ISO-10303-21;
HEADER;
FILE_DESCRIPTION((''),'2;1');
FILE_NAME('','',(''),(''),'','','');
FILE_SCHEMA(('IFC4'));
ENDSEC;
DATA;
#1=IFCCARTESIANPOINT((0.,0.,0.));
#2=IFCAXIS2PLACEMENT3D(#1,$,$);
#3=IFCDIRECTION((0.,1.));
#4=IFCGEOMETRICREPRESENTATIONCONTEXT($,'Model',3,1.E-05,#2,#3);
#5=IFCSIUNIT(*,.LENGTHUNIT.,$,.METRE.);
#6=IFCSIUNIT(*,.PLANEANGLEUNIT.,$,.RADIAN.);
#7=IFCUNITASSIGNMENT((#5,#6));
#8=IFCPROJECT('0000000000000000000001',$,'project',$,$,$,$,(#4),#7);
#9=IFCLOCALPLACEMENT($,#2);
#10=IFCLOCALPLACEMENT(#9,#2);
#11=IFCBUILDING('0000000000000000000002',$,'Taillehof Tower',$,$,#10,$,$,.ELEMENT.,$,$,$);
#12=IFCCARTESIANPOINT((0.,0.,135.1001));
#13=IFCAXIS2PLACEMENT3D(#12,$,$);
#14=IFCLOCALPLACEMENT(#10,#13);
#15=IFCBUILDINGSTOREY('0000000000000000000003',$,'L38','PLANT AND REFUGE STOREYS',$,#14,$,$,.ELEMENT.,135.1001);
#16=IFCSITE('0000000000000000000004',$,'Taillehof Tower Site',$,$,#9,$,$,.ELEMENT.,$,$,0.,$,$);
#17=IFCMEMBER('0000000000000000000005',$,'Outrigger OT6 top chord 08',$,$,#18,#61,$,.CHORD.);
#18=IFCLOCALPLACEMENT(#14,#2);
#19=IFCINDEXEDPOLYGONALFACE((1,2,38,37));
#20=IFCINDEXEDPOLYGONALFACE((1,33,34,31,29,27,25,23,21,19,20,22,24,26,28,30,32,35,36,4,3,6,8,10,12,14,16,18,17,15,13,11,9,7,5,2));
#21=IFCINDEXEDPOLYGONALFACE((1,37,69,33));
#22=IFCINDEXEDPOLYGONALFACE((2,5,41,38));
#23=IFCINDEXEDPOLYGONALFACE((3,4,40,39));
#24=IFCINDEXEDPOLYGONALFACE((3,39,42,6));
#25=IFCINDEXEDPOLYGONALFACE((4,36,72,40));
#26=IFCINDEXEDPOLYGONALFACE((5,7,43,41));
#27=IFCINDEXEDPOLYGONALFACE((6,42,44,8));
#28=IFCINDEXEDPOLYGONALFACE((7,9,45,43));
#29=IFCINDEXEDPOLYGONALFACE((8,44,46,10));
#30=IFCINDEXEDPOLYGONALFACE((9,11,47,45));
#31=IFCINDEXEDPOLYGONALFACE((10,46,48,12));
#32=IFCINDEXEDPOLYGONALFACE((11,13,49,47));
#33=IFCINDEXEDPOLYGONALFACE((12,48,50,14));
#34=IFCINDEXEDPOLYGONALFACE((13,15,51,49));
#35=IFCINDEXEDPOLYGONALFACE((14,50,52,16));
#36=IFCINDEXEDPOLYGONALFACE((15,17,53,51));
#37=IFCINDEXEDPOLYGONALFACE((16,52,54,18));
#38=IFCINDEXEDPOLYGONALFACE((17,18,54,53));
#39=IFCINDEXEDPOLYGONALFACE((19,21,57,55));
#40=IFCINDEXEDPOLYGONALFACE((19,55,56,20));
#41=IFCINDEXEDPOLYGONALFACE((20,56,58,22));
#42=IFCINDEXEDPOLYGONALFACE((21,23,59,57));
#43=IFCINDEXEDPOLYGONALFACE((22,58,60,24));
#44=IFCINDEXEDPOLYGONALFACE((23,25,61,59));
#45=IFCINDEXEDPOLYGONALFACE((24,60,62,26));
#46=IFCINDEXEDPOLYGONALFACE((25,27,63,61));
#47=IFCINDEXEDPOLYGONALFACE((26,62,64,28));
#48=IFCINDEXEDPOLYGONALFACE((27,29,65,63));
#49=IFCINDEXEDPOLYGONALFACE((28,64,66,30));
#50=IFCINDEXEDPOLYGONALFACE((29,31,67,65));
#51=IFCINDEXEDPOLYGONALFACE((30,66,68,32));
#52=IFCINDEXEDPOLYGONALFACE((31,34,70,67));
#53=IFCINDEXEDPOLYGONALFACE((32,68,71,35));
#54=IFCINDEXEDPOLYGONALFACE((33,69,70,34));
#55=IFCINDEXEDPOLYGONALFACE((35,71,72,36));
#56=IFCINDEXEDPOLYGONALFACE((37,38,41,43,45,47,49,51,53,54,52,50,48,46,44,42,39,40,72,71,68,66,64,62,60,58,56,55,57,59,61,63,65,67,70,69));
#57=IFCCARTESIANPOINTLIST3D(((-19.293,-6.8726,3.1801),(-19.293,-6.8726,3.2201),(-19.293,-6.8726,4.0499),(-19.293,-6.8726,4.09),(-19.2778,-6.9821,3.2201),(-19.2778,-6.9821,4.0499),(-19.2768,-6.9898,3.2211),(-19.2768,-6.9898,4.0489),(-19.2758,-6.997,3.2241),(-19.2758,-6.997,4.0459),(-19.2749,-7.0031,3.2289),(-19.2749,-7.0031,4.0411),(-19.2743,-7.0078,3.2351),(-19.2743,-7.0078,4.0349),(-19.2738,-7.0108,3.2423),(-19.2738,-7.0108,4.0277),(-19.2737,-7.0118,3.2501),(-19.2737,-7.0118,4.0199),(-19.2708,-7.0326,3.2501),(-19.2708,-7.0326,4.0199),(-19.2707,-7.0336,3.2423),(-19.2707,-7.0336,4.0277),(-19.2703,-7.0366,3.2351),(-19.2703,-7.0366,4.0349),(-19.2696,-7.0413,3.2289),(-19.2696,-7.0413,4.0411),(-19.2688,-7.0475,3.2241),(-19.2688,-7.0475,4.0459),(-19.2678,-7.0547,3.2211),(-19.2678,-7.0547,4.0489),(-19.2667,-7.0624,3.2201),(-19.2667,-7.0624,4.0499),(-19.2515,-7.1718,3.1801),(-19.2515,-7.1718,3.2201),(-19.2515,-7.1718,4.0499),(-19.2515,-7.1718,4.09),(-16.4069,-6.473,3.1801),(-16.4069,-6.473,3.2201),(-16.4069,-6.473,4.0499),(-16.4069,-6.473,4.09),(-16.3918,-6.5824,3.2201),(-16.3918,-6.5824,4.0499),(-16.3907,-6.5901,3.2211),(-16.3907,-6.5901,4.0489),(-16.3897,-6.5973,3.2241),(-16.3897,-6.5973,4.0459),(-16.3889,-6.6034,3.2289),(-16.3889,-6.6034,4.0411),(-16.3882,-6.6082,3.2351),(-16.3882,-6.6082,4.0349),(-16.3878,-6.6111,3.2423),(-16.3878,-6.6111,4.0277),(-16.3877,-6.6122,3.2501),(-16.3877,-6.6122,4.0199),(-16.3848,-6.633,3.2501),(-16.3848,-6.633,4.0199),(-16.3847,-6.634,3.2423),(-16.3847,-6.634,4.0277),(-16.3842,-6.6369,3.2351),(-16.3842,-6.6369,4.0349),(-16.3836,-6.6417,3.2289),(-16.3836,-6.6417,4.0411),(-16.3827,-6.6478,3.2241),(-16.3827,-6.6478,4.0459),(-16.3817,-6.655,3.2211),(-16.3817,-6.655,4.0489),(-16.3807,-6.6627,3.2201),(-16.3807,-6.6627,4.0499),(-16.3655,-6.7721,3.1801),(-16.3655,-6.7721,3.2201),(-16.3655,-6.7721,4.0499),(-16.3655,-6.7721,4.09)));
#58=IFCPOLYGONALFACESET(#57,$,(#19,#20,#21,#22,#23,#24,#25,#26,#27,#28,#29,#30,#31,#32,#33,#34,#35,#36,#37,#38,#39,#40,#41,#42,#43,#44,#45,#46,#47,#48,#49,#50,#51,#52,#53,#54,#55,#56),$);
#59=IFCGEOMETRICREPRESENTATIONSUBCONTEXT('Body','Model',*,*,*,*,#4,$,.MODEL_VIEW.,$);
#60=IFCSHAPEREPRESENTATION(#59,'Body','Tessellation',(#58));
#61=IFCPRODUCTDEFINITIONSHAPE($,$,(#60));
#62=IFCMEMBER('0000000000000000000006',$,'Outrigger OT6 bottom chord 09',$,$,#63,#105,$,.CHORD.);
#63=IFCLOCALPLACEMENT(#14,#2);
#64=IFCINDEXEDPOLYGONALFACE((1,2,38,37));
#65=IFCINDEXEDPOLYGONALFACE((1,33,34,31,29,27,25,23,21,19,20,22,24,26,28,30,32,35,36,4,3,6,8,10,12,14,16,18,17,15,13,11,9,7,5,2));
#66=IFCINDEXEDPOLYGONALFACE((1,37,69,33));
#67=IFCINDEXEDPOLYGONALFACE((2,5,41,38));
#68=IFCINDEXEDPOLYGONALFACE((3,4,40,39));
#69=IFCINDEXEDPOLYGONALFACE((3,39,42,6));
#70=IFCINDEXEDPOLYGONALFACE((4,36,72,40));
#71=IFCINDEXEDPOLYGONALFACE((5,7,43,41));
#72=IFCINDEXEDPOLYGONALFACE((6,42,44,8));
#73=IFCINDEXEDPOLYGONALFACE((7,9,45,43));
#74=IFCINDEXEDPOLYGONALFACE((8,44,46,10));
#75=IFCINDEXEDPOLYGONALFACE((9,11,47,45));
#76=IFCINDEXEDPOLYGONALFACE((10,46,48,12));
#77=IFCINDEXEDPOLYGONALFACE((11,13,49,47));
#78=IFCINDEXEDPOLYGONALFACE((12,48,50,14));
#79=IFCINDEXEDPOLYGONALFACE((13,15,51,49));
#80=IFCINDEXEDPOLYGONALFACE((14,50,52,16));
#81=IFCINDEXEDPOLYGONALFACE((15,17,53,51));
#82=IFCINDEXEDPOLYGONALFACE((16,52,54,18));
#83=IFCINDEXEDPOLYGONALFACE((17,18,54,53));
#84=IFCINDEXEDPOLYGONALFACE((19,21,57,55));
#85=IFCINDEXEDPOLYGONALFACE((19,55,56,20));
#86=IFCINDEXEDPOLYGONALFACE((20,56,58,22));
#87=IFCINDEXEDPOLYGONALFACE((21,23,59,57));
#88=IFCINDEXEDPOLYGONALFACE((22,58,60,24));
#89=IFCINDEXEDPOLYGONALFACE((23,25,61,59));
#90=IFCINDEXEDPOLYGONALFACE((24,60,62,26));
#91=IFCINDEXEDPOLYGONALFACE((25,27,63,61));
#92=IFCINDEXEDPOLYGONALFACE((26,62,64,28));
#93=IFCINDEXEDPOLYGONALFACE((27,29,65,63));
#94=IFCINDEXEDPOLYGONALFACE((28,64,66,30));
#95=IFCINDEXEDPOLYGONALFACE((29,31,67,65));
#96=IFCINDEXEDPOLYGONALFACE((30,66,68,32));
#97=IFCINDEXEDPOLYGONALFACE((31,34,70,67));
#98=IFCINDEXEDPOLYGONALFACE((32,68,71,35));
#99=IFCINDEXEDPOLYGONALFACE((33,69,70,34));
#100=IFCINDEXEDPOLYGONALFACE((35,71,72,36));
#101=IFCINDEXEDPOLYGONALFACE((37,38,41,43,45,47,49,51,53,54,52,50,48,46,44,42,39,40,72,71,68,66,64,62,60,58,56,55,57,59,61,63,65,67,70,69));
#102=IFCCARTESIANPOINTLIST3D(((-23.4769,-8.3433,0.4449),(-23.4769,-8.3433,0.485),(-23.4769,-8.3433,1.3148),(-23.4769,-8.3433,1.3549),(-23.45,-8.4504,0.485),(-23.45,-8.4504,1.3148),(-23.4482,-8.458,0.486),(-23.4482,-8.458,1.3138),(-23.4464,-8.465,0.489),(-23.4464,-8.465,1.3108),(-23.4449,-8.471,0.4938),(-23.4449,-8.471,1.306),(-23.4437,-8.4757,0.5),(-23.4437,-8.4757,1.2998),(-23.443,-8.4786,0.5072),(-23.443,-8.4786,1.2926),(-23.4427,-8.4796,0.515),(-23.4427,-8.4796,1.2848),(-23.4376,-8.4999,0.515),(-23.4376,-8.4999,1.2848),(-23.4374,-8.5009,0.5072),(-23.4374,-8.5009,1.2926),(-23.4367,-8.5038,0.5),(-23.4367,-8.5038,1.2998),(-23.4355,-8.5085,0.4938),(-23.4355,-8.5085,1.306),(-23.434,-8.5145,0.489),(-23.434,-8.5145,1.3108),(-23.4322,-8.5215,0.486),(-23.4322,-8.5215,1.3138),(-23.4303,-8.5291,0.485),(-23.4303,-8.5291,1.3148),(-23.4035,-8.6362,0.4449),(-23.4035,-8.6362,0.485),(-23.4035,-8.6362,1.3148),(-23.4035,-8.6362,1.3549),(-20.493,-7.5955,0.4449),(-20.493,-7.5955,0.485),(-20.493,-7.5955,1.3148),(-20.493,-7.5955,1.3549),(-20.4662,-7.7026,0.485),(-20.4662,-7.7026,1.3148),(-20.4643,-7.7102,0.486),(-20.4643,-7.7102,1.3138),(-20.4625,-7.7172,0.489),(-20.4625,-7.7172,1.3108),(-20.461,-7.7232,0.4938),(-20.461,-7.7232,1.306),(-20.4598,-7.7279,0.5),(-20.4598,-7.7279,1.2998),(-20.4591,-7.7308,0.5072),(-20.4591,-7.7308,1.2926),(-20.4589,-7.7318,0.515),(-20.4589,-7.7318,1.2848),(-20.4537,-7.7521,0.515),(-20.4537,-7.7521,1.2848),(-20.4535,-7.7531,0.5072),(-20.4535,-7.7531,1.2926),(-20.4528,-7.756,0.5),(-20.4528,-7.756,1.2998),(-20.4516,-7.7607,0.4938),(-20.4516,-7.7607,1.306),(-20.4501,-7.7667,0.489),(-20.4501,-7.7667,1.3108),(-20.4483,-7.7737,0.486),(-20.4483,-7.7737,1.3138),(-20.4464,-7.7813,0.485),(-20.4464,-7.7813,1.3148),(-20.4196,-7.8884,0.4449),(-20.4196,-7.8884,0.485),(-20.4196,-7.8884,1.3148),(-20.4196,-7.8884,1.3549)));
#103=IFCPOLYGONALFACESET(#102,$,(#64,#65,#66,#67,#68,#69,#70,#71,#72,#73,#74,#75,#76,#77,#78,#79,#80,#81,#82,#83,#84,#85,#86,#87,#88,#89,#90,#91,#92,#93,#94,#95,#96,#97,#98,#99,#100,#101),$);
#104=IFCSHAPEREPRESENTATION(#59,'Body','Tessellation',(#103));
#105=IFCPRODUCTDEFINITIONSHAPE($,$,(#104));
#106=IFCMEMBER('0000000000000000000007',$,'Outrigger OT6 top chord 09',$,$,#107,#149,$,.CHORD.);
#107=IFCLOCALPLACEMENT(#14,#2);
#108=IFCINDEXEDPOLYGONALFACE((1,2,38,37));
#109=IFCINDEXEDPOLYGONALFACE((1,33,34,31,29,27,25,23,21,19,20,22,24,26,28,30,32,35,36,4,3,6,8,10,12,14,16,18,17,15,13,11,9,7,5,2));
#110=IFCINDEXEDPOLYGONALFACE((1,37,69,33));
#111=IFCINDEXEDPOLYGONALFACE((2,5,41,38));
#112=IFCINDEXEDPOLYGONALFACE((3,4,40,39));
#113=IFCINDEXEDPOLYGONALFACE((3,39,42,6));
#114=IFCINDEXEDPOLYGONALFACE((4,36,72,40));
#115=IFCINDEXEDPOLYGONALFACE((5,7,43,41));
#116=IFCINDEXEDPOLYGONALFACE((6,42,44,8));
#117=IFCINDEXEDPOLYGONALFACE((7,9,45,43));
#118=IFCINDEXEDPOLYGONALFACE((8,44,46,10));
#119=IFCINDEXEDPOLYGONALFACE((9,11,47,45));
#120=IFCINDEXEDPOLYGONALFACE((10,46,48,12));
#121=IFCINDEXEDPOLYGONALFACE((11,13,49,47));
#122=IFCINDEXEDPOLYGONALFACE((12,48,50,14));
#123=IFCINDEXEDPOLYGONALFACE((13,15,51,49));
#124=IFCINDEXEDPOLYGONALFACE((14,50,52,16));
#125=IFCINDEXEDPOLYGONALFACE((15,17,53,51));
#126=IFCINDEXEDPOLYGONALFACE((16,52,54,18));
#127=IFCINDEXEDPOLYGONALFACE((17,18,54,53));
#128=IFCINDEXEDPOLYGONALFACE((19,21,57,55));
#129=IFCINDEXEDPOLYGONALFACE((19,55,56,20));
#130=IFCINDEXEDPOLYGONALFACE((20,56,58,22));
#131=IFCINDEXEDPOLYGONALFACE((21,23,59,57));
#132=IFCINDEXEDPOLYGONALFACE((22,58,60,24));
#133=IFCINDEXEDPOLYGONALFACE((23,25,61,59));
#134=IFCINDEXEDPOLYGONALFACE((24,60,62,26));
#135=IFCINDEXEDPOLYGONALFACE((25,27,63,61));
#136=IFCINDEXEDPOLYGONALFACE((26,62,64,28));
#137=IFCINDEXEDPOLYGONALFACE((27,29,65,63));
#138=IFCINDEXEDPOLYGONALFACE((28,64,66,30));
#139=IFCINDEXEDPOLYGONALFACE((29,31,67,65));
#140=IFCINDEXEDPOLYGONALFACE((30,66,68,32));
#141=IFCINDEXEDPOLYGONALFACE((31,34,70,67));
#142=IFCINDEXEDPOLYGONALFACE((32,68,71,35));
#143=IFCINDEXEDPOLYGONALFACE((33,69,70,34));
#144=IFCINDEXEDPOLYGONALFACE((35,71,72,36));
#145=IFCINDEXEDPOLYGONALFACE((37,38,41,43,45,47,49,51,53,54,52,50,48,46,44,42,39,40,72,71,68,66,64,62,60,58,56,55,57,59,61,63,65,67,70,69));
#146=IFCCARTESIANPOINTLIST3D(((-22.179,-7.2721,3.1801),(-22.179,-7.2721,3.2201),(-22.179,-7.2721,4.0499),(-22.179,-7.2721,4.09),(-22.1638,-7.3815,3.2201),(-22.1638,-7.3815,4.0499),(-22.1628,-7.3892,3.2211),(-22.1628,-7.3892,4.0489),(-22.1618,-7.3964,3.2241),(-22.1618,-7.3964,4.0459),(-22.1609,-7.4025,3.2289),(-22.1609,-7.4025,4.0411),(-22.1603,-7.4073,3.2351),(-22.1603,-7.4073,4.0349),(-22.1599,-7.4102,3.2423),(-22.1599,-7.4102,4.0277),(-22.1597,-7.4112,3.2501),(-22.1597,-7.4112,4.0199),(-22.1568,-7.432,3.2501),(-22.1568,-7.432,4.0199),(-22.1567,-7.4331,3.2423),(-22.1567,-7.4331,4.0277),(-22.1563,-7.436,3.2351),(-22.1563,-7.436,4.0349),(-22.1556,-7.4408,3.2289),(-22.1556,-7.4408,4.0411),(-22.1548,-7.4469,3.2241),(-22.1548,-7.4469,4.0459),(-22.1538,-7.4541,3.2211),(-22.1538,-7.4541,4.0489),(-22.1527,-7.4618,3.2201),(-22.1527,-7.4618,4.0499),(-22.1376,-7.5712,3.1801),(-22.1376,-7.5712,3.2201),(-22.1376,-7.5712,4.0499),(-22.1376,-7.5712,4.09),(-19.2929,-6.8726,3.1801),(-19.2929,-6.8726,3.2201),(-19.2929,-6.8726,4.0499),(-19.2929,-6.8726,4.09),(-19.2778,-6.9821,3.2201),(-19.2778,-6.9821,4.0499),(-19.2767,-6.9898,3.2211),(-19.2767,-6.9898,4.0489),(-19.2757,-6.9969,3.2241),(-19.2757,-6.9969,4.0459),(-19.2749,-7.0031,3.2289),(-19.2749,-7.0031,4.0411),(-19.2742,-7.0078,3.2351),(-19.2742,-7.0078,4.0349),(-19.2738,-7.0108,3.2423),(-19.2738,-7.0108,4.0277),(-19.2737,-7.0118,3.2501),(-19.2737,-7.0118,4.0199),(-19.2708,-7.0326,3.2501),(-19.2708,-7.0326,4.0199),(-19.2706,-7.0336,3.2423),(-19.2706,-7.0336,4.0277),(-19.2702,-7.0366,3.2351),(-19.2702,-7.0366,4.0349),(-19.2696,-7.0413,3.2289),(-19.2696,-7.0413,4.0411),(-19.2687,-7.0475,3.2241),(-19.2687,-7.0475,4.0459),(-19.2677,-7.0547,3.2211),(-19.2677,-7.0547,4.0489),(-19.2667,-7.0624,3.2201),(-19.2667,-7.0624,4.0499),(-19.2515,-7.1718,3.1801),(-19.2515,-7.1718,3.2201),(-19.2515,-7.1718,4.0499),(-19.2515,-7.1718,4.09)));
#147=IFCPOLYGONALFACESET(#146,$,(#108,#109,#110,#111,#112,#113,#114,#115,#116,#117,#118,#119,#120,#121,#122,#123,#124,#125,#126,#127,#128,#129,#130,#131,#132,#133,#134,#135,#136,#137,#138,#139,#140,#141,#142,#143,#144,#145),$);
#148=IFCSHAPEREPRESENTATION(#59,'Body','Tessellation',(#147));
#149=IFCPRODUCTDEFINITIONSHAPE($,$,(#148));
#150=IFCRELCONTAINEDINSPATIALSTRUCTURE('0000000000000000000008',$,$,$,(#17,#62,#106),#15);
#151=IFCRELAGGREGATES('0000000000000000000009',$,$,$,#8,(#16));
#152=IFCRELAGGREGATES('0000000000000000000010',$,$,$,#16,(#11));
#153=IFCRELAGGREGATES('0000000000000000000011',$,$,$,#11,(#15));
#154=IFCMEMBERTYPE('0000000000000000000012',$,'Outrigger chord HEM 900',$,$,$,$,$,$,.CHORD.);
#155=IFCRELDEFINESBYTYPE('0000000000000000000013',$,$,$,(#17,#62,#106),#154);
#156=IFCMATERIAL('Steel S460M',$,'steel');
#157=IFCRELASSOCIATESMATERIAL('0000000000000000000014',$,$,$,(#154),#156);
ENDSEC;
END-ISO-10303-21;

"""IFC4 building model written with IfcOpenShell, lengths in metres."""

from ifc_helpers import new_model, si_unit, direction, frame, origin, origin_2d, place, context, subcontext, project, spatial, i_section, extrude, material, material_profile, profile_set, type_object, element, save


model = new_model("IFC4")

# Units and contexts
model_context = context("Model", 3, precision=1e-05, world=origin(), true_north=direction((0.0, 1.0)))
body_context = subcontext(model_context, "Body", "Model", "MODEL_VIEW")
ifc_project = project(units=[si_unit("LENGTHUNIT", "METRE"), si_unit("PLANEANGLEUNIT", "RADIAN")], contexts=[model_context])

# Site, building, storey
site_placement = place(None, origin())
site = spatial("IfcSite", under=ifc_project, at=site_placement, Name="Taillehof Tower Site", CompositionType="ELEMENT", RefElevation=0.0)
building_placement = place(site_placement, origin())
building = spatial("IfcBuilding", under=site, at=building_placement, Name="Taillehof Tower", CompositionType="ELEMENT")
storey_placement = place(building_placement, frame((0.0, 0.0, 135.1001)))
storey = spatial("IfcBuildingStorey", under=building, at=storey_placement, Name="L38", Description="PLANT AND REFUGE STOREYS", CompositionType="ELEMENT", Elevation=135.1001)

# Members
ifc_material_1 = material(Name="Steel S460M", Category="steel")
ifc_material_profile_1 = material_profile(ifc_material_1, i_section(OverallWidth=0.302, OverallDepth=0.9099, WebThickness=0.021, FlangeThickness=0.04, FilletRadius=0.03, at=origin_2d()), Name="HEM 900")
ifc_profile_set_1 = profile_set([ifc_material_profile_1], Name="Steel S460M")
member_type_1 = type_object("IfcMemberType", Name="Outrigger chord HEM 900", PredefinedType="CHORD", material=ifc_profile_set_1)
member_1_placement = place(storey_placement, frame((-16.3862, -6.6226, 3.635), z_axis=(-0.990547, -0.137173, 0.0), x_axis=(0.137173, -0.990547, 0.0)))
element("IfcMember", 1, at=member_1_placement, inside=storey, type_object=member_type_1, Name="Outrigger OT6 top chord 08", PredefinedType="CHORD", context=body_context, shape_type="SweptSolid", body=[
    extrude(i_section(OverallWidth=0.302, OverallDepth=0.9099, WebThickness=0.021, FlangeThickness=0.04, FilletRadius=0.03, at=origin_2d()), origin(), (0.0, 0.0, 1.0), 2.9136),
])
member_2_placement = place(storey_placement, frame((-20.4563, -7.7419, 0.8999), z_axis=(-0.970002, -0.243096, 0.0), x_axis=(0.243096, -0.970002, 0.0)))
element("IfcMember", 2, at=member_2_placement, inside=storey, type_object=member_type_1, Name="Outrigger OT6 bottom chord 09", PredefinedType="CHORD", context=body_context, shape_type="SweptSolid", body=[
    extrude(i_section(OverallWidth=0.302, OverallDepth=0.9099, WebThickness=0.021, FlangeThickness=0.04, FilletRadius=0.03, at=origin_2d()), origin(), (0.0, 0.0, 1.0), 3.0762),
])
member_3_placement = place(storey_placement, frame((-19.2722, -7.0222, 3.635), z_axis=(-0.990558, -0.137091, 0.0), x_axis=(0.137091, -0.990558, 0.0)))
element("IfcMember", 3, at=member_3_placement, inside=storey, type_object=member_type_1, Name="Outrigger OT6 top chord 09", PredefinedType="CHORD", context=body_context, shape_type="SweptSolid", body=[
    extrude(i_section(OverallWidth=0.302, OverallDepth=0.9099, WebThickness=0.021, FlangeThickness=0.04, FilletRadius=0.03, at=origin_2d()), origin(), (0.0, 0.0, 1.0), 2.9136),
])

save(model, "model.ifc")
